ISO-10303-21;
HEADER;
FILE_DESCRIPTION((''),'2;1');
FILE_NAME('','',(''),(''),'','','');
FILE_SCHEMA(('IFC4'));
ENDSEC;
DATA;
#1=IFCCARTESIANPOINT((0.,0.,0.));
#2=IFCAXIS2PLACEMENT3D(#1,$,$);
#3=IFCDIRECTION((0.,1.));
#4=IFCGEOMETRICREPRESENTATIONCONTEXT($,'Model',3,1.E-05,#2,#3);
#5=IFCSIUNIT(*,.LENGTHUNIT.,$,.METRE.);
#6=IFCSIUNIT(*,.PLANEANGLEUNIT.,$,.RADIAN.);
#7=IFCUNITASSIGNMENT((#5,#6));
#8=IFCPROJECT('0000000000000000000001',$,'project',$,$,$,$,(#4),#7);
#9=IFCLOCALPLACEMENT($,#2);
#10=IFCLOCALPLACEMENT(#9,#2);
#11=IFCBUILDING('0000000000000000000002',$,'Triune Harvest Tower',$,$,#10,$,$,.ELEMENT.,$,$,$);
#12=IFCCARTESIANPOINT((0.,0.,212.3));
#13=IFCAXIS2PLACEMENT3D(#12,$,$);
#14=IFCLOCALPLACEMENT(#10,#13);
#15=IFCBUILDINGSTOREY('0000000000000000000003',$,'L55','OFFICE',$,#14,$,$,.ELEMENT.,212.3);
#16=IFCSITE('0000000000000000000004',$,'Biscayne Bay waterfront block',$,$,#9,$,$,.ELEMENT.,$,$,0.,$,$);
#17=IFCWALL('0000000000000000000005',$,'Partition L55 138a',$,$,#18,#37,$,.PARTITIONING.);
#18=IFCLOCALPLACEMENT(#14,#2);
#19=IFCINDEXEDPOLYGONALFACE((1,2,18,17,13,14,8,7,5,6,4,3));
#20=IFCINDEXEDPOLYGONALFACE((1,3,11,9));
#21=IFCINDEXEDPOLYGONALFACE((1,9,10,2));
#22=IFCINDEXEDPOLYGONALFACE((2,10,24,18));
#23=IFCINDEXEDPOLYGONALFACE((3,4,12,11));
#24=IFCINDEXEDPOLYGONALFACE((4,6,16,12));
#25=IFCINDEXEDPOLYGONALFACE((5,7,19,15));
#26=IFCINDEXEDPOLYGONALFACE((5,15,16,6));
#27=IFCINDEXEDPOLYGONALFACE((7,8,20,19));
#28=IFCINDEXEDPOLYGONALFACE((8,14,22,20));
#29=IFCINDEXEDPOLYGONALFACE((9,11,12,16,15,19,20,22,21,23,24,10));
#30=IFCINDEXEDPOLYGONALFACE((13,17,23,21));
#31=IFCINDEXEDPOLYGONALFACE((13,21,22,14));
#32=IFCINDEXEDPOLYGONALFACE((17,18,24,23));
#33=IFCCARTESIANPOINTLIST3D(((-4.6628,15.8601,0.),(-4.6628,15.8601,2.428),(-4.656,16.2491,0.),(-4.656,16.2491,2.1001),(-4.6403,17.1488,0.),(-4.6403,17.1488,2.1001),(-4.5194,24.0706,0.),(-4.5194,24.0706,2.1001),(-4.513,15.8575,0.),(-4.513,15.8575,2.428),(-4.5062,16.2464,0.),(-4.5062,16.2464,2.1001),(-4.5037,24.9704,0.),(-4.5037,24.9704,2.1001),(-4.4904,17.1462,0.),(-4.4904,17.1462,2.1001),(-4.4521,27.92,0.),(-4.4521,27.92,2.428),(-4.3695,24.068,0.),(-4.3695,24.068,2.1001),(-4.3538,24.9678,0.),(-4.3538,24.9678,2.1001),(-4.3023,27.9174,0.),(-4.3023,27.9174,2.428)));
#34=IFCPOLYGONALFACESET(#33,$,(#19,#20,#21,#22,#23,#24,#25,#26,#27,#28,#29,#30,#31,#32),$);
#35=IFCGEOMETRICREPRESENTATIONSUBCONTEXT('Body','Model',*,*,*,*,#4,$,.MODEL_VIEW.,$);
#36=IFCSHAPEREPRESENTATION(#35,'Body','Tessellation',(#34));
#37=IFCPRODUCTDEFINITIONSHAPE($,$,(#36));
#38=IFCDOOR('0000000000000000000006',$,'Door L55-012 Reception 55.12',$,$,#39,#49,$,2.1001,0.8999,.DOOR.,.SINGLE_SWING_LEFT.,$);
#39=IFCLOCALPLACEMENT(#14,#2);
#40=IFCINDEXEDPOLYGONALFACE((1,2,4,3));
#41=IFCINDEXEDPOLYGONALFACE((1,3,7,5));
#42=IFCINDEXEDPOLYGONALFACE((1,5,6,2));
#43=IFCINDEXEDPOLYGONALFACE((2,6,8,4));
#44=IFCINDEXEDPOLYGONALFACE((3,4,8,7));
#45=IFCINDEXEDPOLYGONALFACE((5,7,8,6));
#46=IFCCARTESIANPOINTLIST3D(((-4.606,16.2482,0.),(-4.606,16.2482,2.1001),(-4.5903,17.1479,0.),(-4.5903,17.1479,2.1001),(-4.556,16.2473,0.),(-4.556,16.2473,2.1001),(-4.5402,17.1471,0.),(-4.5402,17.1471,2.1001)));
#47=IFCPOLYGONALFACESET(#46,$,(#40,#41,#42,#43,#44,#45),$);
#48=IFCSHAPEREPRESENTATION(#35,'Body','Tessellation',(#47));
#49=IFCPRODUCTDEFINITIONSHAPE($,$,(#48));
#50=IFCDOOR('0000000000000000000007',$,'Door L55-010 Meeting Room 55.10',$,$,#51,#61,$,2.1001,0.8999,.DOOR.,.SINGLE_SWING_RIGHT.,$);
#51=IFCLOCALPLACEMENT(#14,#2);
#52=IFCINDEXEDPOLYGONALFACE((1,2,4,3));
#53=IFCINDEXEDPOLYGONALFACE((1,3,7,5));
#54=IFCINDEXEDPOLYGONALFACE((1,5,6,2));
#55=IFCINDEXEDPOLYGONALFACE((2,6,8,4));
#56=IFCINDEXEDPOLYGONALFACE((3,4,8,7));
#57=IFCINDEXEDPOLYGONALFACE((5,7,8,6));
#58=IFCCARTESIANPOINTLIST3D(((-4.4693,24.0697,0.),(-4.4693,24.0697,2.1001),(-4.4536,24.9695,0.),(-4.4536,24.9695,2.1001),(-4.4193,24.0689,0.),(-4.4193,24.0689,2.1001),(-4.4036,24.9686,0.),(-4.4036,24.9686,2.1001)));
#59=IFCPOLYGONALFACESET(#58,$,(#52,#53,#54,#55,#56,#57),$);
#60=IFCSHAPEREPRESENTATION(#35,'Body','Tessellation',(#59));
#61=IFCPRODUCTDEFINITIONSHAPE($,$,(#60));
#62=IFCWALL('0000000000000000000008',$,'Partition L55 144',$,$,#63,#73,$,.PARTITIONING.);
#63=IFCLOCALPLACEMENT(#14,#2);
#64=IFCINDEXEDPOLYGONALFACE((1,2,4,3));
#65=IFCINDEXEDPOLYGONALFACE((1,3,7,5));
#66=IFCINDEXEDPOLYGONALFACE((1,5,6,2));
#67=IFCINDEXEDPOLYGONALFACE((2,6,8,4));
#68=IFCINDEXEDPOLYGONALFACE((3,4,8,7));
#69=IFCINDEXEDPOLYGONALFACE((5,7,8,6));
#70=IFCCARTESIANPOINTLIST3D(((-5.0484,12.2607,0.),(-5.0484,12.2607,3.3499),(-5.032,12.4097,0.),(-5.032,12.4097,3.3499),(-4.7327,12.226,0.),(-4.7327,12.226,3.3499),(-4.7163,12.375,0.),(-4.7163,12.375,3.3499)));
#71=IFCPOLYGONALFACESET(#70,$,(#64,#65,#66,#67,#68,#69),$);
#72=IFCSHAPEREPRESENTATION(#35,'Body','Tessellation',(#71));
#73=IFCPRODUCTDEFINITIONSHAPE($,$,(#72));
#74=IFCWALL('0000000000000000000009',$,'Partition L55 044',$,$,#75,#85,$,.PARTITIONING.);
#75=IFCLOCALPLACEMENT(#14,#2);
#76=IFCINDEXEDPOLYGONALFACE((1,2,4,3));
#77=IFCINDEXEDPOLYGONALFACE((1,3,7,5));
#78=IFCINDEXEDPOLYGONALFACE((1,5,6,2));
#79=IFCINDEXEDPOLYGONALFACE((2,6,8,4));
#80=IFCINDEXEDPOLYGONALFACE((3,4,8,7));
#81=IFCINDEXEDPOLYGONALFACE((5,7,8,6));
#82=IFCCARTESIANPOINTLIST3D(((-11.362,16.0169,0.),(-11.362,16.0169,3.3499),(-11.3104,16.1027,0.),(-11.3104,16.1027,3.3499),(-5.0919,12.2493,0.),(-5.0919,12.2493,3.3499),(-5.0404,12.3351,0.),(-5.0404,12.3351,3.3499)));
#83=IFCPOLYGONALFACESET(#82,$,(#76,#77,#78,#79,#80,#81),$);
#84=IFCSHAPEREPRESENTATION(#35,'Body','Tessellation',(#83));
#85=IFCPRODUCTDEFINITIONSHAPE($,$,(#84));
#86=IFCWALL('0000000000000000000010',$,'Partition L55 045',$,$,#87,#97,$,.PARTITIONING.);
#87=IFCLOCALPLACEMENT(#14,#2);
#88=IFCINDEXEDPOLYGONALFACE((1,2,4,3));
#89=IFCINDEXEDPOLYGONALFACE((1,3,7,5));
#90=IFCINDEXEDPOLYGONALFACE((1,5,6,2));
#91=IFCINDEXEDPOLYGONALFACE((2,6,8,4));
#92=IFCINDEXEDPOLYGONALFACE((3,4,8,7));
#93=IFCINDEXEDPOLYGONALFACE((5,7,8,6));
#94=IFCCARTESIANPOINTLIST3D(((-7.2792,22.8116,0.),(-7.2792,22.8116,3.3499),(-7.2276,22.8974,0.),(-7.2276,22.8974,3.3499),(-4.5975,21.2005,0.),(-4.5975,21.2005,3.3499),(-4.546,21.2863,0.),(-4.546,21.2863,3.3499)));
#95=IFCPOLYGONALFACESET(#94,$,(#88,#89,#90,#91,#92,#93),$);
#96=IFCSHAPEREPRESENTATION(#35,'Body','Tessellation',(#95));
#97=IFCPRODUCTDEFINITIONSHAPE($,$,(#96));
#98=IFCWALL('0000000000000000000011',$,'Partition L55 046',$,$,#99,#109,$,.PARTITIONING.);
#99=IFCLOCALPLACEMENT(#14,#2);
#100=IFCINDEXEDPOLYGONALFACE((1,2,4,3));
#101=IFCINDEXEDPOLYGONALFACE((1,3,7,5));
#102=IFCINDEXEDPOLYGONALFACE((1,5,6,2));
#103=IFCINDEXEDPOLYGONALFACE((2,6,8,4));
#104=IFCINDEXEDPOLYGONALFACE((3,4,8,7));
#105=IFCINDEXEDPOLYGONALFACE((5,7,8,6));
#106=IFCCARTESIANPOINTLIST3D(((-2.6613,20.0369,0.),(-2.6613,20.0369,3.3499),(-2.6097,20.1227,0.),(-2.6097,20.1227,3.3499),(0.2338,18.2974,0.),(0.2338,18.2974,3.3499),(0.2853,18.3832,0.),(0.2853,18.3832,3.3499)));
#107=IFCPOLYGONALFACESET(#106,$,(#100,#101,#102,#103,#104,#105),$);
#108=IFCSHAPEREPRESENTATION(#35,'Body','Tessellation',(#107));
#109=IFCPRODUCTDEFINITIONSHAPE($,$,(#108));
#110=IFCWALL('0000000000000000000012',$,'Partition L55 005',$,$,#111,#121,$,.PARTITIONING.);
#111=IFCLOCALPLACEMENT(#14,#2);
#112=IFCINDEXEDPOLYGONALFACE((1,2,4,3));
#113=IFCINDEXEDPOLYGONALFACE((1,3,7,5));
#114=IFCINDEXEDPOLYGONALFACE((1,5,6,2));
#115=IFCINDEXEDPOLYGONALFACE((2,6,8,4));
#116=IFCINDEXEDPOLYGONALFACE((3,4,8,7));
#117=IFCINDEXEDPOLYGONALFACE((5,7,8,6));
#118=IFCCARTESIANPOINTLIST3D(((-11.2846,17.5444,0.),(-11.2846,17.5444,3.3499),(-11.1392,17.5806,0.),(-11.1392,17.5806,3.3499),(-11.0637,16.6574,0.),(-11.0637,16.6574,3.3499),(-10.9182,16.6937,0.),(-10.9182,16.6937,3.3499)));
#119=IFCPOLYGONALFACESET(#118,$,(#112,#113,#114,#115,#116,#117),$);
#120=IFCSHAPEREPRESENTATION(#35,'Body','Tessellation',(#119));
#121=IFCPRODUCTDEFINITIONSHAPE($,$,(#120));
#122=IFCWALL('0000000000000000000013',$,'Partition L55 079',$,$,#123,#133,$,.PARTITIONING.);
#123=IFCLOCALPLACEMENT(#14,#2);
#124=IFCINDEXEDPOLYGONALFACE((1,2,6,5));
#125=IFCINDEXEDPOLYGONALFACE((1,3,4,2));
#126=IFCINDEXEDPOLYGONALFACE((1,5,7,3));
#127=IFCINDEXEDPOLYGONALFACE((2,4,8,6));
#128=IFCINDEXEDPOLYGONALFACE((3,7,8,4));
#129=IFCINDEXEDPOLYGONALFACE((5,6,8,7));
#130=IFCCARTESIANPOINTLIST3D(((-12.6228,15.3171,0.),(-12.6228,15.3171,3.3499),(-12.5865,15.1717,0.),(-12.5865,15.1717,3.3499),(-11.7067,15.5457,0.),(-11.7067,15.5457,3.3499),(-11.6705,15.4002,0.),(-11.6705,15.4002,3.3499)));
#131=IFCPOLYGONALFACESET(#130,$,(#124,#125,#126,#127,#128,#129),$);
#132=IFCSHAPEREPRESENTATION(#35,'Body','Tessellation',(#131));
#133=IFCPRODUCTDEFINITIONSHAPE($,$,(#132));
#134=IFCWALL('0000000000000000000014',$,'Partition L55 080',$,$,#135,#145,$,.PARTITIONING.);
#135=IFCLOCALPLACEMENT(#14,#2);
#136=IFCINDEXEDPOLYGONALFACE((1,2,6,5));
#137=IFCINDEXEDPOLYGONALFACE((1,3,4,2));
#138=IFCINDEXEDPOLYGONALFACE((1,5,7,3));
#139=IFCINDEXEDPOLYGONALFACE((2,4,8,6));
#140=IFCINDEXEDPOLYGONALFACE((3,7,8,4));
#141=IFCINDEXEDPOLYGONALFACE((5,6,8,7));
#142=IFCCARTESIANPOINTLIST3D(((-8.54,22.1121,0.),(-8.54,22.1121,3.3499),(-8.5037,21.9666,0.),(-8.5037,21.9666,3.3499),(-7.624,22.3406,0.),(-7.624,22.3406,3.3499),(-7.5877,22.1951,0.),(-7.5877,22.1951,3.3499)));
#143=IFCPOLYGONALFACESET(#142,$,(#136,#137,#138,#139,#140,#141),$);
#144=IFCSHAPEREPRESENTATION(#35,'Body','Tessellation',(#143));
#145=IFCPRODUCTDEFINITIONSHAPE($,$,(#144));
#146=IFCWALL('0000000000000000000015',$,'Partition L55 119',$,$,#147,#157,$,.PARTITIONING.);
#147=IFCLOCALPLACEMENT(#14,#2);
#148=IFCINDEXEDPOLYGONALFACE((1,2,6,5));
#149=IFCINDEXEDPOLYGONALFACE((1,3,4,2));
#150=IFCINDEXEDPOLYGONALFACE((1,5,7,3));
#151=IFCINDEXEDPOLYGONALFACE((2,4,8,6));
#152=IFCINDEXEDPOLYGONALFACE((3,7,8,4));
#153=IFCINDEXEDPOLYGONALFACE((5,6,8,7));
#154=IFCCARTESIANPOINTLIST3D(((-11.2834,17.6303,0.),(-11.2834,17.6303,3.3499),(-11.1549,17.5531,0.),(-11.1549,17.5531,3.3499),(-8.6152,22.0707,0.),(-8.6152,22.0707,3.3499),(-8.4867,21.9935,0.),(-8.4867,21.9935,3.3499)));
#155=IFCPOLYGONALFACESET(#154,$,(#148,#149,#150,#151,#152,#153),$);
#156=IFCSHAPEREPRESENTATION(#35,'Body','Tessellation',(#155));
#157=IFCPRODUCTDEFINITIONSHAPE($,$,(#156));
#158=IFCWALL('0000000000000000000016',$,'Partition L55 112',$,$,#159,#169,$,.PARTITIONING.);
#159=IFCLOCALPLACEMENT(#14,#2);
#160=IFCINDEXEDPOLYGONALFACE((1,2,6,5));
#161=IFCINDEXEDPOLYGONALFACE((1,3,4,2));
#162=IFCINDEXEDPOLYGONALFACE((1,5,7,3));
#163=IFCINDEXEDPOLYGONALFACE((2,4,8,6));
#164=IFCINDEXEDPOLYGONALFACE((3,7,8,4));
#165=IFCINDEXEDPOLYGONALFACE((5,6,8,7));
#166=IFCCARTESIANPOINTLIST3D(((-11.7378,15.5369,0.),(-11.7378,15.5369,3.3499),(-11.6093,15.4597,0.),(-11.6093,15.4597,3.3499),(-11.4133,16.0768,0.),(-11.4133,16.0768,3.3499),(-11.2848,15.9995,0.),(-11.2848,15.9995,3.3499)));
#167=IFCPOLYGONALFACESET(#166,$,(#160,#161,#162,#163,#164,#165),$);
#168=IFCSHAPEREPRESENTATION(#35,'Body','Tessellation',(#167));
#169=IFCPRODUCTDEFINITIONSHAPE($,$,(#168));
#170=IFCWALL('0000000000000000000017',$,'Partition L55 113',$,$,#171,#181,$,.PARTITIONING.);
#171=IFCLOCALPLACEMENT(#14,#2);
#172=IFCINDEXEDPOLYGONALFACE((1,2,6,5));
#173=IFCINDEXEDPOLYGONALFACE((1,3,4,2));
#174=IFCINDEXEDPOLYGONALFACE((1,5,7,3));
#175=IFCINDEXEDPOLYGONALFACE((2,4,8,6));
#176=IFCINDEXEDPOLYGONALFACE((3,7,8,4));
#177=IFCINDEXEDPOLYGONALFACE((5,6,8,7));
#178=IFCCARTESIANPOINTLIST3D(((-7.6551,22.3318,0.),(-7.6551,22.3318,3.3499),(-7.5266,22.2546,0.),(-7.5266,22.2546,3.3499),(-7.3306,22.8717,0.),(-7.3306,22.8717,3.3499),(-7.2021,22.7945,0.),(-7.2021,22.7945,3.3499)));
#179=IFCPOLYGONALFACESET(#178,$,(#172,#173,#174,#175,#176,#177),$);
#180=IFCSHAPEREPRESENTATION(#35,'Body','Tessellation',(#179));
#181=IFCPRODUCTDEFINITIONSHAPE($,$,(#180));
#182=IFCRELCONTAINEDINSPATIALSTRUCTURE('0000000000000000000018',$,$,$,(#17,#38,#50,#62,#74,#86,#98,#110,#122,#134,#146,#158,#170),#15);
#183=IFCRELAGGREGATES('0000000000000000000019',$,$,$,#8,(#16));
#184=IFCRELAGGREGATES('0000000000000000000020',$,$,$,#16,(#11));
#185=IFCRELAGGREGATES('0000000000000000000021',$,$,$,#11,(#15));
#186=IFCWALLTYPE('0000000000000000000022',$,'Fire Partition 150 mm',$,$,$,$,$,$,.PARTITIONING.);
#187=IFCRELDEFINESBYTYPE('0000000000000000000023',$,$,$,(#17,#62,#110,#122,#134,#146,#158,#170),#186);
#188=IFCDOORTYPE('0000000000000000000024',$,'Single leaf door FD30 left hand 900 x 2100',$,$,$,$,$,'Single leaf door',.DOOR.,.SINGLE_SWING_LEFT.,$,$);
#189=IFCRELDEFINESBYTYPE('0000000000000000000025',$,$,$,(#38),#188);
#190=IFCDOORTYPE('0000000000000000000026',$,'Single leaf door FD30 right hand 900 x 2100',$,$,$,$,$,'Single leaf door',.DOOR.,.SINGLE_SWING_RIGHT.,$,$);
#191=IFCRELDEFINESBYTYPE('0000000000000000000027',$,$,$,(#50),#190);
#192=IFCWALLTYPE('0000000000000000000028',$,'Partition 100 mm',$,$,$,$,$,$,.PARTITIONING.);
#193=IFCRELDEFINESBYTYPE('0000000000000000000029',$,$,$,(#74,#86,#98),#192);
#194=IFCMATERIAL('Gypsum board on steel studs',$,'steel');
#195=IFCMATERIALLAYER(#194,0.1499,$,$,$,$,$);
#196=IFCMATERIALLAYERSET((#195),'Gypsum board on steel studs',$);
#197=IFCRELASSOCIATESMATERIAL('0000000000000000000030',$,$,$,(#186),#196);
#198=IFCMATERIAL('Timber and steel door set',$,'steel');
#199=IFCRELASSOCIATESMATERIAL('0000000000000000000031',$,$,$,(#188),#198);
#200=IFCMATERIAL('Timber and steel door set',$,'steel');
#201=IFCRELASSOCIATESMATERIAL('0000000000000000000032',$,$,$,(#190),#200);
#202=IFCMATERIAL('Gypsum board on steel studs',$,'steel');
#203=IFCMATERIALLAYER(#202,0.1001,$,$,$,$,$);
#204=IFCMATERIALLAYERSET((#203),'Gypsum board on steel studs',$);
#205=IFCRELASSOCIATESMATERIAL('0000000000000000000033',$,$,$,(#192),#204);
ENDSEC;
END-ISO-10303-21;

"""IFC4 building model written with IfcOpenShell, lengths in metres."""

from ifc_helpers import new_model, si_unit, direction, frame, frame_2d, origin, place, context, subcontext, project, spatial, rectangle, extrude, source, transform, mapped, material, layer, layer_set, type_object, element, fill, save


model = new_model("IFC4")

# Units and contexts
model_context = context("Model", 3, precision=1e-05, world=origin(), true_north=direction((0.0, 1.0)))
body_context = subcontext(model_context, "Body", "Model", "MODEL_VIEW")
ifc_project = project(units=[si_unit("LENGTHUNIT", "METRE"), si_unit("PLANEANGLEUNIT", "RADIAN")], contexts=[model_context])

# Site, building, storey
site_placement = place(None, origin())
site = spatial("IfcSite", under=ifc_project, at=site_placement, Name="Biscayne Bay waterfront block", CompositionType="ELEMENT", RefElevation=0.0)
building_placement = place(site_placement, origin())
building = spatial("IfcBuilding", under=site, at=building_placement, Name="Triune Harvest Tower", CompositionType="ELEMENT")
storey_placement = place(building_placement, frame((0.0, 0.0, 212.3)))
storey = spatial("IfcBuildingStorey", under=building, at=storey_placement, Name="L55", Description="OFFICE", CompositionType="ELEMENT", Elevation=212.3)

# Shared definitions
ifc_material_1 = material(Name="Gypsum board on steel studs", Category="steel")
ifc_layer_1 = layer(ifc_material_1, 0.1499)
ifc_layer_set_1 = layer_set([ifc_layer_1], Name="Gypsum board on steel studs")
wall_type_1 = type_object("IfcWallType", Name="Fire Partition 150 mm", PredefinedType="PARTITIONING", material=ifc_layer_set_1)
ifc_material_2 = material(Name="Timber and steel door set", Category="steel")
door_type_1 = type_object("IfcDoorType", Name="Single leaf door FD30 left hand 900 x 2100", ElementType="Single leaf door", OperationType="SINGLE_SWING_LEFT", PredefinedType="DOOR", material=ifc_material_2)

# Wall, openings, doors
wall_1_placement = place(storey_placement, frame((-4.5879, 15.8589, 0.0), z_axis=(0.0, 0.0, 1.0), x_axis=(0.017468, 0.999847, 0.0)))
wall_1 = element("IfcWall", 1, at=wall_1_placement, inside=storey, type_object=wall_type_1, Name="Partition L55 138a", PredefinedType="PARTITIONING", context=body_context, shape_type="SweptSolid", body=[
    extrude(rectangle(XDim=12.0618, YDim=0.1499, at=frame_2d((6.0308, 0.0))), origin(), (0.0, 0.0, 1.0), 2.428),
])
opening_1_placement = place(wall_1_placement, frame((8.2117, 0.0, 0.0)))
opening_1 = element("IfcOpeningElement", 2, at=opening_1_placement, cuts=wall_1, PredefinedType="OPENING", context=body_context, shape_type="SweptSolid", body=[
    extrude(rectangle(XDim=0.8999, YDim=2.1001, at=frame_2d((0.45, 1.05))), frame((0.0, 0.085, 0.0), z_axis=(0.0, -1.0, 0.0), x_axis=(1.0, 0.0, 0.0)), (0.0, 0.0, 1.0), 0.1699),
])
opening_2_placement = place(wall_1_placement, frame((0.3889, 0.0, 0.0)))
opening_2 = element("IfcOpeningElement", 3, at=opening_2_placement, cuts=wall_1, PredefinedType="OPENING", context=body_context, shape_type="SweptSolid", body=[
    extrude(rectangle(XDim=0.8999, YDim=2.1001, at=frame_2d((0.45, 1.05))), frame((0.0, 0.085, 0.0), z_axis=(0.0, -1.0, 0.0), x_axis=(1.0, 0.0, 0.0)), (0.0, 0.0, 1.0), 0.1699),
])
door_1_placement = place(opening_2_placement, origin())
door_1 = element("IfcDoor", 4, at=door_1_placement, inside=storey, type_object=door_type_1, Name="Door L55-012 Reception 55.12", OperationType="SINGLE_SWING_LEFT", OverallHeight=2.1001, OverallWidth=0.8999, PredefinedType="DOOR", context=body_context, shape_type="SweptSolid", body=[
    extrude(rectangle(XDim=0.8999, YDim=2.1001, at=frame_2d((0.45, 1.05))), frame((0.0, 0.0249, 0.0), z_axis=(0.0, -1.0, 0.0), x_axis=(1.0, 0.0, 0.0)), (0.0, 0.0, 1.0), 0.05),
])
fill(opening_2, door_1)
ifc_material_3 = material(Name="Timber and steel door set", Category="steel")
door_type_2 = type_object("IfcDoorType", Name="Single leaf door FD30 right hand 900 x 2100", ElementType="Single leaf door", OperationType="SINGLE_SWING_RIGHT", PredefinedType="DOOR", material=ifc_material_3)
door_2_placement = place(opening_1_placement, origin())
door_2 = element("IfcDoor", 5, at=door_2_placement, inside=storey, type_object=door_type_2, Name="Door L55-010 Meeting Room 55.10", OperationType="SINGLE_SWING_RIGHT", OverallHeight=2.1001, OverallWidth=0.8999, PredefinedType="DOOR", context=body_context, shape_type="SweptSolid", body=[
    extrude(rectangle(XDim=0.8999, YDim=2.1001, at=frame_2d((0.45, 1.05))), frame((0.0, 0.0249, 0.0), z_axis=(0.0, -1.0, 0.0), x_axis=(1.0, 0.0, 0.0)), (0.0, 0.0, 1.0), 0.05),
])
fill(opening_1, door_2)

# Walls
wall_2_placement = place(storey_placement, frame((-4.7246, 12.3005, 0.0), z_axis=(0.0, 0.0, 1.0), x_axis=(-0.994024, 0.109166, 0.0)))
element("IfcWall", 6, at=wall_2_placement, inside=storey, type_object=wall_type_1, Name="Partition L55 144", PredefinedType="PARTITIONING", context=body_context, shape_type="SweptSolid", body=[
    extrude(rectangle(XDim=0.3176, YDim=0.1499, at=frame_2d((0.1587, 0.0))), origin(), (0.0, 0.0, 1.0), 3.3499),
])
ifc_material_4 = material(Name="Gypsum board on steel studs", Category="steel")
ifc_layer_2 = layer(ifc_material_4, 0.1001)
ifc_layer_set_2 = layer_set([ifc_layer_2], Name="Gypsum board on steel studs")
wall_type_2 = type_object("IfcWallType", Name="Partition 100 mm", PredefinedType="PARTITIONING", material=ifc_layer_set_2)
wall_3_placement = place(storey_placement, frame((-11.3362, 16.0598, 0.0), z_axis=(0.0, 0.0, 1.0), x_axis=(0.857157, -0.515055, 0.0)))
element("IfcWall", 7, at=wall_3_placement, inside=storey, type_object=wall_type_2, Name="Partition L55 044", PredefinedType="PARTITIONING", context=body_context, shape_type="SweptSolid", body=[
    extrude(rectangle(XDim=7.3149, YDim=0.1001, at=frame_2d((3.6575, 0.0))), origin(), (0.0, 0.0, 1.0), 3.3499),
])
wall_4_placement = place(storey_placement, frame((-7.2534, 22.8545, 0.0), z_axis=(0.0, 0.0, 1.0), x_axis=(0.857197, -0.514989, 0.0)))
element("IfcWall", 8, at=wall_4_placement, inside=storey, type_object=wall_type_2, Name="Partition L55 045", PredefinedType="PARTITIONING", context=body_context, shape_type="SweptSolid", body=[
    extrude(rectangle(XDim=3.1284, YDim=0.1001, at=frame_2d((1.5642, 0.0))), origin(), (0.0, 0.0, 1.0), 3.3499),
])
wall_5_placement = place(storey_placement, frame((-2.6355, 20.0798, 0.0), z_axis=(0.0, 0.0, 1.0), x_axis=(0.857167, -0.515038, 0.0)))
element("IfcWall", 9, at=wall_5_placement, inside=storey, type_object=wall_type_2, Name="Partition L55 046", PredefinedType="PARTITIONING", context=body_context, shape_type="SweptSolid", body=[
    extrude(rectangle(XDim=3.3774, YDim=0.1001, at=frame_2d((1.6887, 0.0))), origin(), (0.0, 0.0, 1.0), 3.3499),
])
shared_shape_1 = source(origin(), body_context, "Body", "SweptSolid", [
    extrude(rectangle(XDim=0.9141, YDim=0.1499, at=frame_2d((0.457, 0.0))), origin(), (0.0, 0.0, 1.0), 3.3499),
])
wall_6_placement = place(storey_placement, frame((-11.2119, 17.5625, 0.0), z_axis=(0.0, 0.0, 1.0), x_axis=(0.241719, -0.970346, 0.0)))
element("IfcWall", 10, at=wall_6_placement, inside=storey, type_object=wall_type_1, Name="Partition L55 005", PredefinedType="PARTITIONING", context=body_context, shape_type="MappedRepresentation", body=[
    mapped(shared_shape_1, transform((0.0, 0.0, 0.0), scale=1.0)),
])
shared_shape_2 = source(origin(), body_context, "Body", "SweptSolid", [
    extrude(rectangle(XDim=0.9441, YDim=0.1499, at=frame_2d((0.4722, 0.0))), origin(), (0.0, 0.0, 1.0), 3.3499),
])
for number, where, z_axis, x_axis, name in (
    (11, (-12.6047, 15.2444, 0.0), (0.0, 0.0, 1.0), (0.970264, 0.242049, 0.0), "Partition L55 079"),
    (12, (-8.522, 22.0393, 0.0), (0.0, 0.0, 1.0), (0.970264, 0.242049, 0.0), "Partition L55 080"),
):
    element("IfcWall", number, at=place(storey_placement, frame(where, z_axis=z_axis, x_axis=x_axis)), inside=storey, type_object=wall_type_1, Name=name, PredefinedType="PARTITIONING", context=body_context, shape_type="MappedRepresentation", body=[
        mapped(shared_shape_2, transform((0.0, 0.0, 0.0), scale=1.0)),
    ])
shared_shape_3 = source(origin(), body_context, "Body", "SweptSolid", [
    extrude(rectangle(XDim=5.1804, YDim=0.1499, at=frame_2d((2.5903, 0.0))), origin(), (0.0, 0.0, 1.0), 3.3499),
])
wall_7_placement = place(storey_placement, frame((-11.2192, 17.5916, 0.0), z_axis=(0.0, 0.0, 1.0), x_axis=(0.515057, 0.857156, 0.0)))
element("IfcWall", 13, at=wall_7_placement, inside=storey, type_object=wall_type_1, Name="Partition L55 119", PredefinedType="PARTITIONING", context=body_context, shape_type="MappedRepresentation", body=[
    mapped(shared_shape_3, transform((0.0, 0.0, 0.0), scale=1.0)),
])
shared_shape_4 = source(origin(), body_context, "Body", "SweptSolid", [
    extrude(rectangle(XDim=0.6299, YDim=0.1499, at=frame_2d((0.3149, 0.0))), origin(), (0.0, 0.0, 1.0), 3.3499),
])
for number, where, z_axis, x_axis, name in (
    (14, (-11.6736, 15.4983, 0.0), (0.0, 0.0, 1.0), (0.51518, 0.857082, 0.0), "Partition L55 112"),
    (15, (-7.5908, 22.2932, 0.0), (0.0, 0.0, 1.0), (0.51518, 0.857082, 0.0), "Partition L55 113"),
):
    element("IfcWall", number, at=place(storey_placement, frame(where, z_axis=z_axis, x_axis=x_axis)), inside=storey, type_object=wall_type_1, Name=name, PredefinedType="PARTITIONING", context=body_context, shape_type="MappedRepresentation", body=[
        mapped(shared_shape_4, transform((0.0, 0.0, 0.0), scale=1.0)),
    ])

save(model, "model.ifc")
